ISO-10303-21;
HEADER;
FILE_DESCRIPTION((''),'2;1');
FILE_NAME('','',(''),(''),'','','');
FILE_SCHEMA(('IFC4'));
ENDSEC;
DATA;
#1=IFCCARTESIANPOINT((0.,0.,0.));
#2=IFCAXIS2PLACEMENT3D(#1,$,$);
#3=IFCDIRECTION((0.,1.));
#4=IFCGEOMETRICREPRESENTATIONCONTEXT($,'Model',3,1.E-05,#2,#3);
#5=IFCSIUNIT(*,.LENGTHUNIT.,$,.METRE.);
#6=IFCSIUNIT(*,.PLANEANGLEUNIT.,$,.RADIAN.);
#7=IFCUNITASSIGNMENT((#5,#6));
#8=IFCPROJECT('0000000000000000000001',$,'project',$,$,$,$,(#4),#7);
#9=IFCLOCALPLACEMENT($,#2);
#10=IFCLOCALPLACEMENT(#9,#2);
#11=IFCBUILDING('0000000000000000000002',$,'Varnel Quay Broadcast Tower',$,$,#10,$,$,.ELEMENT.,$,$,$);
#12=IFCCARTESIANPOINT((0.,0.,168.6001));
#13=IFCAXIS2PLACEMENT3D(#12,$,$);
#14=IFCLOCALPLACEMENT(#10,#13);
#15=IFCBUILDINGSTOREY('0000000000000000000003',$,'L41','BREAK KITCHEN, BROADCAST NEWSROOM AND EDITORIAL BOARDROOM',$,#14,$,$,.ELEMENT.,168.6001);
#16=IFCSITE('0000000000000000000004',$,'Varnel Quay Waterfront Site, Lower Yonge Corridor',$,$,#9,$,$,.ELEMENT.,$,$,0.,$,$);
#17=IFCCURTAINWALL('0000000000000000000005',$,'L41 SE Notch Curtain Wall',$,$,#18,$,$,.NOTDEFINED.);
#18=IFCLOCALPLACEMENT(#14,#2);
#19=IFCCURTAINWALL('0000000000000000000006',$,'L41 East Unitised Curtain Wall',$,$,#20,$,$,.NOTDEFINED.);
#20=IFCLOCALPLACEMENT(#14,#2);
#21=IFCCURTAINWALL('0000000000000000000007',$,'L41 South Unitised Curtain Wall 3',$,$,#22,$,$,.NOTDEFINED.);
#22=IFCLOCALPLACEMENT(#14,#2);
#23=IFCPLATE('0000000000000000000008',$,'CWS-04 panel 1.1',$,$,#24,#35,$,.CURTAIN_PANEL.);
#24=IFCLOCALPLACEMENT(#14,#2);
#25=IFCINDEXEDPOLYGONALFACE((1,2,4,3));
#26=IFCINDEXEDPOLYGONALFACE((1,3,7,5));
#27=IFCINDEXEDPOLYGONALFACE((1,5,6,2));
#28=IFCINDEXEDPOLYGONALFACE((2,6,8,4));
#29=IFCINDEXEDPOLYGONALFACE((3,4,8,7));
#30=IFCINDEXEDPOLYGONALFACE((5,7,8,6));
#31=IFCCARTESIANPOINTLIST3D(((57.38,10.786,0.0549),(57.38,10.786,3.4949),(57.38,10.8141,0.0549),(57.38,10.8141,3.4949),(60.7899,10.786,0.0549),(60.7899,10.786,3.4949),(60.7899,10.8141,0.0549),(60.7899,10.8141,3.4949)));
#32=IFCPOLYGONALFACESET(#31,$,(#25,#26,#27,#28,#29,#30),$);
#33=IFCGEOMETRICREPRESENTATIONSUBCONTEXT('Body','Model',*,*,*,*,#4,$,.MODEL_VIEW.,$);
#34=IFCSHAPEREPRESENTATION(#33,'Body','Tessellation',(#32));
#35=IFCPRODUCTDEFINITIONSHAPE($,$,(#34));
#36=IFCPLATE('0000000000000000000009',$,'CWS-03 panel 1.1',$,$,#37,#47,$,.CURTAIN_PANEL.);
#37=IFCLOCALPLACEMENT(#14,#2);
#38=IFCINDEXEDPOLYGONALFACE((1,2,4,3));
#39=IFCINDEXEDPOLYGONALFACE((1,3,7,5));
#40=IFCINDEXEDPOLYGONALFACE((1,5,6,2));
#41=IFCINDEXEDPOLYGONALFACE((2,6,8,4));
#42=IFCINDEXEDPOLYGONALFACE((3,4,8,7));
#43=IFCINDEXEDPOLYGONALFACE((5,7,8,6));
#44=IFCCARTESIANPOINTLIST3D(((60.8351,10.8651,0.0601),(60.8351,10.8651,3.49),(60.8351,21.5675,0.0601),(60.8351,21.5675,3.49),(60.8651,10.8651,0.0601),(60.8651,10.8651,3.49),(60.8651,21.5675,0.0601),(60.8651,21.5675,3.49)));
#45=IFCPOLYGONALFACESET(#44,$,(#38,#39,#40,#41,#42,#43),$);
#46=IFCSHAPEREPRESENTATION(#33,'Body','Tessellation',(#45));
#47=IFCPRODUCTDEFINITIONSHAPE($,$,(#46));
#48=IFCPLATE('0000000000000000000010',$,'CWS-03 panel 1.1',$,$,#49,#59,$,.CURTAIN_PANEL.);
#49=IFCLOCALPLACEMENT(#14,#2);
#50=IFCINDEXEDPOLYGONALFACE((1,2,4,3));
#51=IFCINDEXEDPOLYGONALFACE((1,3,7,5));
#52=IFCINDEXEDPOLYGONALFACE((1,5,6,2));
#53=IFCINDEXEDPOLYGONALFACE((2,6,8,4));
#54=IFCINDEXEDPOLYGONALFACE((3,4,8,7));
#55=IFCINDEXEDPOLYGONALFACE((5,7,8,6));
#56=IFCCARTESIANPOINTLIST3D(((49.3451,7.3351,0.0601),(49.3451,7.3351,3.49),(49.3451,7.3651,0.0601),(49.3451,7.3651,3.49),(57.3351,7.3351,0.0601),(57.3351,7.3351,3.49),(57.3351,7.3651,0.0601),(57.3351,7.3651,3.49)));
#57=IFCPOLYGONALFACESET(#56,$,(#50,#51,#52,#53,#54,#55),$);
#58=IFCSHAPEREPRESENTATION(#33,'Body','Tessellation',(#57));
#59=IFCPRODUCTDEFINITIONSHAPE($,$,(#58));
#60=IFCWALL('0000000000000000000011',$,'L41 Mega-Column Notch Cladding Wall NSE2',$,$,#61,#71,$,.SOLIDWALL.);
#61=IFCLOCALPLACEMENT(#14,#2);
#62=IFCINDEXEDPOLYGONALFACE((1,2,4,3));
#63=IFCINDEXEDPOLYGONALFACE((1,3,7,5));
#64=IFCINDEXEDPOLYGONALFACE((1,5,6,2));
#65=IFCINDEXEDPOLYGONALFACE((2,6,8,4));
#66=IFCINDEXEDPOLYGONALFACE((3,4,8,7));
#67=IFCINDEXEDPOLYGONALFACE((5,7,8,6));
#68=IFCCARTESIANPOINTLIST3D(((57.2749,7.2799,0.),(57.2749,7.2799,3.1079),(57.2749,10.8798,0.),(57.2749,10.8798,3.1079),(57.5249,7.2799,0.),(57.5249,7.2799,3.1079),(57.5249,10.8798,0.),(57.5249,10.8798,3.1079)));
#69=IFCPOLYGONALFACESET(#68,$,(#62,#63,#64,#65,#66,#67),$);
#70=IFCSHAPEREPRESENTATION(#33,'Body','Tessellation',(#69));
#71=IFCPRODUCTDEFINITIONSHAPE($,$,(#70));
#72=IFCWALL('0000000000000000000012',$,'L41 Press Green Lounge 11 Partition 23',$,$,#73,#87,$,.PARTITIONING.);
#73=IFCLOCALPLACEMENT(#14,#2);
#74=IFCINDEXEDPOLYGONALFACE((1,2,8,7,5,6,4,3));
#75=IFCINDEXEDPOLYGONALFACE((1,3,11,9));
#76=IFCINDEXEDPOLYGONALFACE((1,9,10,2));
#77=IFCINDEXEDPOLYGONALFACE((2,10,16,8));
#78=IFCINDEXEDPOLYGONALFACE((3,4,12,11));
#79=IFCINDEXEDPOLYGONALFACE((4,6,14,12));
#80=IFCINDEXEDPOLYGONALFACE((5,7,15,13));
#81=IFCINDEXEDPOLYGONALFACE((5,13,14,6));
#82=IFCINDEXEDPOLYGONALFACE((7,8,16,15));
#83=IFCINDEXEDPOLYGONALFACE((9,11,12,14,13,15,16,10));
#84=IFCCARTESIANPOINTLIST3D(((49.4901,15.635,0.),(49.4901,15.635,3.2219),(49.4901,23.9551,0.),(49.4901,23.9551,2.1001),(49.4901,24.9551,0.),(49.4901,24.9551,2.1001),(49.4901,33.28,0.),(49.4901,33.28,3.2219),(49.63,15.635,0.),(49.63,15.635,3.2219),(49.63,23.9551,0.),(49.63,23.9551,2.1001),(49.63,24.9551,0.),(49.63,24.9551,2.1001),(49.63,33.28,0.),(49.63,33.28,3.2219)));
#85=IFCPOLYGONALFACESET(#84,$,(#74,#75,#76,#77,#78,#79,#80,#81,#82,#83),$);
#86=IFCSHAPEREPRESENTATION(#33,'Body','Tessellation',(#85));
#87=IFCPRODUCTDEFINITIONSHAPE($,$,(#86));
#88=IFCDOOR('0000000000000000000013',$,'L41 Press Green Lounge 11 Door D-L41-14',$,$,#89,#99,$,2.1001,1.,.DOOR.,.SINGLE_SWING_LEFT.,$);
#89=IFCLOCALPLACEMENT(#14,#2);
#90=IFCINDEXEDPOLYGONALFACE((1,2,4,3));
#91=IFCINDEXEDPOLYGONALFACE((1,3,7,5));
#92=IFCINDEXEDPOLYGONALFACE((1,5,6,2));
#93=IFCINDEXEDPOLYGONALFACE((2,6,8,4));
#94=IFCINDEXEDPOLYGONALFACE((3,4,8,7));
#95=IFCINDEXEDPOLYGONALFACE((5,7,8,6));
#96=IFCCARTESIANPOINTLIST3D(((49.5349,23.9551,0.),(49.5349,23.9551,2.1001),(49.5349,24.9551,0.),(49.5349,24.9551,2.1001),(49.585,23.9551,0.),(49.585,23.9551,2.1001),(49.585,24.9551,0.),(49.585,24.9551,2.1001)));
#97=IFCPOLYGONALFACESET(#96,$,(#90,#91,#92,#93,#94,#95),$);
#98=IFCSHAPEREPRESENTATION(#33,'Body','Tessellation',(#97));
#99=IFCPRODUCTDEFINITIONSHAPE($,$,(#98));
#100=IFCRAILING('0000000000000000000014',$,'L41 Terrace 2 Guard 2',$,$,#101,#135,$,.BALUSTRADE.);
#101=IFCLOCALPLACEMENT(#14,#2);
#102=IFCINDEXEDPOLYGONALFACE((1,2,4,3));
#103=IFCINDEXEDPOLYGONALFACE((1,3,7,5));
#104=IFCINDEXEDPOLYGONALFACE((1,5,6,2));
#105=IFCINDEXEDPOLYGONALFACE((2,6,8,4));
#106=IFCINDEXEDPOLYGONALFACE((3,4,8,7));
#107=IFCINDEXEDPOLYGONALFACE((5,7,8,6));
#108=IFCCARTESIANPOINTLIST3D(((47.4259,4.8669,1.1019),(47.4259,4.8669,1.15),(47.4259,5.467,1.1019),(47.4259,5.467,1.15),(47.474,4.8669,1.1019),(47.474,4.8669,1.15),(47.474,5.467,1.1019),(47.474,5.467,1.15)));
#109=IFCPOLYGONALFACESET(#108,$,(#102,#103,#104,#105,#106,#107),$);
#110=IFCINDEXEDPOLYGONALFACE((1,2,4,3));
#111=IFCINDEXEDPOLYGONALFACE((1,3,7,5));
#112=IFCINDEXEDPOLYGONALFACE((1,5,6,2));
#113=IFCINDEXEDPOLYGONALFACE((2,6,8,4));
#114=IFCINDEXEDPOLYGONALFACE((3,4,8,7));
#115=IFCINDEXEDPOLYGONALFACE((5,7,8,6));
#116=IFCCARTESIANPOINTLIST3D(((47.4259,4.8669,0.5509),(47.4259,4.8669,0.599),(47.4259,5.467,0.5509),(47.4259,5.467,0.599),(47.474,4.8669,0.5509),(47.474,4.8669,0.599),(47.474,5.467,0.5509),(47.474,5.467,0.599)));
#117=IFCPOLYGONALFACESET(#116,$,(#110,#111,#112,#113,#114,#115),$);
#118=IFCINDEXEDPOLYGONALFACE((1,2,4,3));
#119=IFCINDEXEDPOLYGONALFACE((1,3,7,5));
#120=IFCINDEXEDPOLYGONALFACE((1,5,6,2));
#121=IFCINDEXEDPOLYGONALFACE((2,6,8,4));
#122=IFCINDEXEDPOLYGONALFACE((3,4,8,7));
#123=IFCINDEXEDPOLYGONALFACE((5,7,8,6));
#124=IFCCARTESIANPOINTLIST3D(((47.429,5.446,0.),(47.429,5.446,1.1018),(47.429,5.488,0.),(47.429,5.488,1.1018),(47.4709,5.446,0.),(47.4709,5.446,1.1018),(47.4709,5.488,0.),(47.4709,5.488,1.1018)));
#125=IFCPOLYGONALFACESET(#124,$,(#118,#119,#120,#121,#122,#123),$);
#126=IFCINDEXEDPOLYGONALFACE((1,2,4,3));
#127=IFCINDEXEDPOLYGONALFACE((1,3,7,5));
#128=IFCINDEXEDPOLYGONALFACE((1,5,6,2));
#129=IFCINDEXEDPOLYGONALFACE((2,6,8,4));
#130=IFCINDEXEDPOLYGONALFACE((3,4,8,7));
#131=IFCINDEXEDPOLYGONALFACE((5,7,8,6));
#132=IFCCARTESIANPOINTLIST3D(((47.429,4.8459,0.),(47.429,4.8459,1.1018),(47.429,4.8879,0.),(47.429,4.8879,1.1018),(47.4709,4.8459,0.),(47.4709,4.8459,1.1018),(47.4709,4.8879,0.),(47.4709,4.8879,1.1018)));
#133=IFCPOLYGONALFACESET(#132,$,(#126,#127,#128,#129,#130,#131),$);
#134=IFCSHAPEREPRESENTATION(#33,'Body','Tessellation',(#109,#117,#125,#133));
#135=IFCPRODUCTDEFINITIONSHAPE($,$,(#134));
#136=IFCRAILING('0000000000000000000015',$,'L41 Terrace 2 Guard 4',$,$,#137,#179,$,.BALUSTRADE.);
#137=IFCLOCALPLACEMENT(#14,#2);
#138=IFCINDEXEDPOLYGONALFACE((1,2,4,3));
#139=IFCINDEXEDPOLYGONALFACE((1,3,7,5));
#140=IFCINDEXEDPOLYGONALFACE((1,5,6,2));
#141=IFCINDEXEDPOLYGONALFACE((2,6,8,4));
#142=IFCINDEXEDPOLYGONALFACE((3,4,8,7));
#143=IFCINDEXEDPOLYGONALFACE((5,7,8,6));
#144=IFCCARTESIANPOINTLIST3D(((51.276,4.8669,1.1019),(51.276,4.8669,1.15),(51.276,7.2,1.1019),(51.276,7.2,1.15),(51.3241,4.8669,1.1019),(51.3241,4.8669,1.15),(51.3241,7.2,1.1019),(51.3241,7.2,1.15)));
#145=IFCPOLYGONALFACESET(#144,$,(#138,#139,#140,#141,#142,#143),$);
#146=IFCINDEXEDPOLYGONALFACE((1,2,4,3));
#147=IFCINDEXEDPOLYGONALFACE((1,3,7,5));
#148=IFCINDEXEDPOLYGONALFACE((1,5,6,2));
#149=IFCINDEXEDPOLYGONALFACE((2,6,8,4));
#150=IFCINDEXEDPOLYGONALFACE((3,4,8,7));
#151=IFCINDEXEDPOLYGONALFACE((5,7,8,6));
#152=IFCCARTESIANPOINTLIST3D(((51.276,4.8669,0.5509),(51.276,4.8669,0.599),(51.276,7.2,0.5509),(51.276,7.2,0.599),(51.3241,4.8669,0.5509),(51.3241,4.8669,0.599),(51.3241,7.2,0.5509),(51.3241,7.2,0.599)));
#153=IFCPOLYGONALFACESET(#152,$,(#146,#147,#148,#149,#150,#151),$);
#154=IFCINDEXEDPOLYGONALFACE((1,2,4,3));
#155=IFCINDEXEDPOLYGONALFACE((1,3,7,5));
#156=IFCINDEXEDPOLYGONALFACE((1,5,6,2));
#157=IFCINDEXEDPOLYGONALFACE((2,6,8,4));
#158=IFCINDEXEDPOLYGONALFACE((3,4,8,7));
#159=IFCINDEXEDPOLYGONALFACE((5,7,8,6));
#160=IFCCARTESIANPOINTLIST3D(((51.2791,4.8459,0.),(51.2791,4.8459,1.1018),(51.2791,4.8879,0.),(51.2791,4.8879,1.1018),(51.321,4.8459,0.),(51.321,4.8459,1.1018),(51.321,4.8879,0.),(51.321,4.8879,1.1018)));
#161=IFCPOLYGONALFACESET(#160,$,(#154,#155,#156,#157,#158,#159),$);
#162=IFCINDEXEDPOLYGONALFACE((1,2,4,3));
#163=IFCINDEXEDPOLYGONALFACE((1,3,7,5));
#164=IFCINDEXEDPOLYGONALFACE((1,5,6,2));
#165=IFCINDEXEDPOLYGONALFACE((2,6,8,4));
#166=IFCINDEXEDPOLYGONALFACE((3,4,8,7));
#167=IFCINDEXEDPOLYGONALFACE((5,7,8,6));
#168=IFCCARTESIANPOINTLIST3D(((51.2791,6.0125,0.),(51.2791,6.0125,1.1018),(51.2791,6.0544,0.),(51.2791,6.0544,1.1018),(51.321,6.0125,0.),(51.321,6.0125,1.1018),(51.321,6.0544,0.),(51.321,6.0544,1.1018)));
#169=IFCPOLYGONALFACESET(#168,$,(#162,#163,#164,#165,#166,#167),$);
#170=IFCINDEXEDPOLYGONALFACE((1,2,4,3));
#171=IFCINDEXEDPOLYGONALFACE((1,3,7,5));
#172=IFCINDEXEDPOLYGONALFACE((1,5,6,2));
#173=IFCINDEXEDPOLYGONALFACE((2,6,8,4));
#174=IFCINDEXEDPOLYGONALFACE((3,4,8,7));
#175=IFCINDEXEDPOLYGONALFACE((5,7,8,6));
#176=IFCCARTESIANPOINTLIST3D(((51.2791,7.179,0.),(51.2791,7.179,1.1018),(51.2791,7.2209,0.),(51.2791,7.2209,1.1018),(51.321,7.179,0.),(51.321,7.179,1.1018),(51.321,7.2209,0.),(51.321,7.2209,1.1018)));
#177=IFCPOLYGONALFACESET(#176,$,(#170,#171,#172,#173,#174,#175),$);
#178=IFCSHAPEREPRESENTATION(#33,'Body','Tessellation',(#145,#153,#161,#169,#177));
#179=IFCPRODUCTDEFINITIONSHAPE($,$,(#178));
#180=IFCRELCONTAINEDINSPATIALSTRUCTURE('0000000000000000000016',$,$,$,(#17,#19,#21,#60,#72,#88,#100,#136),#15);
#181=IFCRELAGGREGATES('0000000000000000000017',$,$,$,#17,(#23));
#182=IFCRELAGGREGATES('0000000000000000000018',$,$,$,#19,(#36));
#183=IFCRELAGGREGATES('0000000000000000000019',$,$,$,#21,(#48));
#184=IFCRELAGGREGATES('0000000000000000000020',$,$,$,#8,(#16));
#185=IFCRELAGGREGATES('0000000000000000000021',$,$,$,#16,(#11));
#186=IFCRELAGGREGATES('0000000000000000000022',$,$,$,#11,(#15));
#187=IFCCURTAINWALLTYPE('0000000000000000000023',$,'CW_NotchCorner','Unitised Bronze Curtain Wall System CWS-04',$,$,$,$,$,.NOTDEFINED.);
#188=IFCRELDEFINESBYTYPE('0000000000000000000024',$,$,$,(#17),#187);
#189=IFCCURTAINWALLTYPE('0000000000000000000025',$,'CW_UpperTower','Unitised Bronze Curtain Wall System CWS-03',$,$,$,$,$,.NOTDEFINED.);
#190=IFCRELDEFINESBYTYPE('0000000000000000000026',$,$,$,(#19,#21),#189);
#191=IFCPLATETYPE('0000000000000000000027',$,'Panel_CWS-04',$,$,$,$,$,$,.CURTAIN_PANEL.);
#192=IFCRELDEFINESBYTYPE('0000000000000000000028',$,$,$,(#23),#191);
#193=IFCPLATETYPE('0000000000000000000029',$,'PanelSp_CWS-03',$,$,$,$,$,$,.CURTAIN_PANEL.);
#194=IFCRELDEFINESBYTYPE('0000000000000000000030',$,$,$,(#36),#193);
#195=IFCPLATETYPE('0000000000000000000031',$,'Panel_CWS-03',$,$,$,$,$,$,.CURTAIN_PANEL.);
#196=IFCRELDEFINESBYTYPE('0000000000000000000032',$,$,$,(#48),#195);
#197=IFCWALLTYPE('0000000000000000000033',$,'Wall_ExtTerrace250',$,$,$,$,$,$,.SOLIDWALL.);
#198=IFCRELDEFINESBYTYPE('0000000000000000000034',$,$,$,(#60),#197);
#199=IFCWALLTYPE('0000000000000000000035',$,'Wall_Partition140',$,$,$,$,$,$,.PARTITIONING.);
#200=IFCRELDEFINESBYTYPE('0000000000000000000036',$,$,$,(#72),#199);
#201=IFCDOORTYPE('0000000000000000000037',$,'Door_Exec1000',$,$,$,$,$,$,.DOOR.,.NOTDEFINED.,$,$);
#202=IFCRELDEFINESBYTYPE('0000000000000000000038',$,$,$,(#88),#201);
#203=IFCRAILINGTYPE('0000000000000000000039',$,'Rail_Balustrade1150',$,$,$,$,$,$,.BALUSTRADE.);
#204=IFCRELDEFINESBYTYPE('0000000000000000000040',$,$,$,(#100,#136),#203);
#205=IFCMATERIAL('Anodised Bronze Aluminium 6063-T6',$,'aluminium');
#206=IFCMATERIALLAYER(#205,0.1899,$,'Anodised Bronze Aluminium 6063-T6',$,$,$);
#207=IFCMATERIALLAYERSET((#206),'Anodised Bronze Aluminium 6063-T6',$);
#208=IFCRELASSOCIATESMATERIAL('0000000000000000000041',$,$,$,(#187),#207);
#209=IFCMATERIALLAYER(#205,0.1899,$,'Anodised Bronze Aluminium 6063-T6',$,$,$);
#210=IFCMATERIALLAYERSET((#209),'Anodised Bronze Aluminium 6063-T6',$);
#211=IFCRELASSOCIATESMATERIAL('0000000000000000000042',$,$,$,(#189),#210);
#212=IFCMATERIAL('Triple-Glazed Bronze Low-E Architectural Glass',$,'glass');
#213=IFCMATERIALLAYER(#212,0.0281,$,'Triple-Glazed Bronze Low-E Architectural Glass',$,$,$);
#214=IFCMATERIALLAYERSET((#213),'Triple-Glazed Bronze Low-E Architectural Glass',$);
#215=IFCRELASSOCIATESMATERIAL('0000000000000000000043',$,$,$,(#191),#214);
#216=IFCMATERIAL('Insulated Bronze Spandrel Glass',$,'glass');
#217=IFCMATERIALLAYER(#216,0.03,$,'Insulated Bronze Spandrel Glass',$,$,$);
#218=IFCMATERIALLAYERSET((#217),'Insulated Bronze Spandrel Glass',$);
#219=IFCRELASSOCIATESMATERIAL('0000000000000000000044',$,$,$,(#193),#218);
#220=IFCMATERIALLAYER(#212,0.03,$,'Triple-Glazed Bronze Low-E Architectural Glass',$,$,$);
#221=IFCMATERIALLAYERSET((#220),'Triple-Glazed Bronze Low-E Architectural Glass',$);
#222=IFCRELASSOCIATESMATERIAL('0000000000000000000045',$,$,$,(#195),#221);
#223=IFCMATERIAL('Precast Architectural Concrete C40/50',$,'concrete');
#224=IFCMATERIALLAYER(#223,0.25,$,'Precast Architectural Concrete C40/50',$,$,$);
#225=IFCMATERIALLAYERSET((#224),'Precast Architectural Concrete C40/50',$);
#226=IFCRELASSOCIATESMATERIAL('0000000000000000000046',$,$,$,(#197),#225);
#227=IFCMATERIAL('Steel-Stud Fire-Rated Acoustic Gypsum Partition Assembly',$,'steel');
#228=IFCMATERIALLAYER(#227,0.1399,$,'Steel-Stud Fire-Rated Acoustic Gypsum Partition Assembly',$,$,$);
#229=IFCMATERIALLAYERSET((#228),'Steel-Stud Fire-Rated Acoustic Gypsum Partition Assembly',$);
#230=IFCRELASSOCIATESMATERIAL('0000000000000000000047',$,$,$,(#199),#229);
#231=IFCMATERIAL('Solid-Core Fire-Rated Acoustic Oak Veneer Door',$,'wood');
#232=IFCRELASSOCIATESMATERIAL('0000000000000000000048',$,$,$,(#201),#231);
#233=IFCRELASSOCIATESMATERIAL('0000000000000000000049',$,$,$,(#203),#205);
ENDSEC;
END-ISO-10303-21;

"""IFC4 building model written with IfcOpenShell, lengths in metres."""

from ifc_helpers import new_model, si_unit, direction, frame, frame_2d, origin, origin_2d, place, context, subcontext, project, spatial, rectangle, extrude, source, transform, mapped, material, layer, layer_set, type_object, type_shapes, element, fill, aggregate, save


model = new_model("IFC4")

# Units and contexts
model_context = context("Model", 3, precision=1e-05, world=origin(), true_north=direction((0.0, 1.0)))
body_context = subcontext(model_context, "Body", "Model", "MODEL_VIEW")
ifc_project = project(units=[si_unit("LENGTHUNIT", "METRE"), si_unit("PLANEANGLEUNIT", "RADIAN")], contexts=[model_context])

# Site, building, storey
site_placement = place(None, origin())
site = spatial("IfcSite", under=ifc_project, at=site_placement, Name="Varnel Quay Waterfront Site, Lower Yonge Corridor", CompositionType="ELEMENT", RefElevation=0.0)
building_placement = place(site_placement, origin())
building = spatial("IfcBuilding", under=site, at=building_placement, Name="Varnel Quay Broadcast Tower", CompositionType="ELEMENT")
storey_placement = place(building_placement, frame((0.0, 0.0, 168.6001)))
storey = spatial("IfcBuildingStorey", under=building, at=storey_placement, Name="L41", Description="BREAK KITCHEN, BROADCAST NEWSROOM AND EDITORIAL BOARDROOM", CompositionType="ELEMENT", Elevation=168.6001)

# Curtain walls
ifc_material_1 = material(Name="Anodised Bronze Aluminium 6063-T6", Category="aluminium")
ifc_layer_1 = layer(ifc_material_1, 0.1899, Name="Anodised Bronze Aluminium 6063-T6")
ifc_layer_set_1 = layer_set([ifc_layer_1], Name="Anodised Bronze Aluminium 6063-T6")
curtain_wall_type_1 = type_object("IfcCurtainWallType", Name="CW_NotchCorner", Description="Unitised Bronze Curtain Wall System CWS-04", PredefinedType="NOTDEFINED", material=ifc_layer_set_1)
curtain_wall_1_placement = place(storey_placement, origin())
curtain_wall_1 = element("IfcCurtainWall", 1, at=curtain_wall_1_placement, inside=storey, type_object=curtain_wall_type_1, Name="L41 SE Notch Curtain Wall", PredefinedType="NOTDEFINED")
ifc_layer_2 = layer(ifc_material_1, 0.1899, Name="Anodised Bronze Aluminium 6063-T6")
ifc_layer_set_2 = layer_set([ifc_layer_2], Name="Anodised Bronze Aluminium 6063-T6")
curtain_wall_type_2 = type_object("IfcCurtainWallType", Name="CW_UpperTower", Description="Unitised Bronze Curtain Wall System CWS-03", PredefinedType="NOTDEFINED", material=ifc_layer_set_2)
curtain_wall_2_placement = place(storey_placement, origin())
curtain_wall_2 = element("IfcCurtainWall", 2, at=curtain_wall_2_placement, inside=storey, type_object=curtain_wall_type_2, Name="L41 East Unitised Curtain Wall", PredefinedType="NOTDEFINED")
curtain_wall_3_placement = place(storey_placement, origin())
curtain_wall_3 = element("IfcCurtainWall", 3, at=curtain_wall_3_placement, inside=storey, type_object=curtain_wall_type_2, Name="L41 South Unitised Curtain Wall 3", PredefinedType="NOTDEFINED")

# Plates
ifc_material_2 = material(Name="Triple-Glazed Bronze Low-E Architectural Glass", Category="glass")
ifc_layer_3 = layer(ifc_material_2, 0.0281, Name="Triple-Glazed Bronze Low-E Architectural Glass")
ifc_layer_set_3 = layer_set([ifc_layer_3], Name="Triple-Glazed Bronze Low-E Architectural Glass")
plate_type_1 = type_object("IfcPlateType", Name="Panel_CWS-04", PredefinedType="CURTAIN_PANEL", material=ifc_layer_set_3)
shared_shape_1 = source(origin(), body_context, "Body", "SweptSolid", [
    extrude(rectangle(XDim=3.4099, YDim=0.0281, at=origin_2d()), origin(), (0.0, 0.0, 1.0), 3.4399),
])
type_shapes(plate_type_1, [shared_shape_1])
plate_1_placement = place(storey_placement, frame((59.085, 10.8, 0.0549), z_axis=(0.0, 0.0, 1.0), x_axis=(1.0, 0.0, 0.0)))
plate_1 = element("IfcPlate", 4, at=plate_1_placement, type_object=plate_type_1, Name="CWS-04 panel 1.1", PredefinedType="CURTAIN_PANEL", context=body_context, shape_type="MappedRepresentation", body=[
    mapped(shared_shape_1, transform((0.0, 0.0, 0.0), x_axis=(1.0, 0.0, 0.0), y_axis=(0.0, 1.0, 0.0), z_axis=(0.0, 0.0, 1.0), scale=1.0)),
])
aggregate(curtain_wall_1, [plate_1])
ifc_material_3 = material(Name="Insulated Bronze Spandrel Glass", Category="glass")
ifc_layer_4 = layer(ifc_material_3, 0.03, Name="Insulated Bronze Spandrel Glass")
ifc_layer_set_4 = layer_set([ifc_layer_4], Name="Insulated Bronze Spandrel Glass")
plate_type_2 = type_object("IfcPlateType", Name="PanelSp_CWS-03", PredefinedType="CURTAIN_PANEL", material=ifc_layer_set_4)
shared_shape_2 = source(origin(), body_context, "Body", "SweptSolid", [
    extrude(rectangle(XDim=10.7024, YDim=0.03, at=origin_2d()), origin(), (0.0, 0.0, 1.0), 3.4299),
])
type_shapes(plate_type_2, [shared_shape_2])
plate_2_placement = place(storey_placement, frame((60.8501, 16.2163, 0.0601), z_axis=(0.0, 0.0, 1.0), x_axis=(0.0, 1.0, 0.0)))
plate_2 = element("IfcPlate", 5, at=plate_2_placement, type_object=plate_type_2, Name="CWS-03 panel 1.1", PredefinedType="CURTAIN_PANEL", context=body_context, shape_type="MappedRepresentation", body=[
    mapped(shared_shape_2, transform((0.0, 0.0, 0.0), x_axis=(1.0, 0.0, 0.0), y_axis=(0.0, 1.0, 0.0), z_axis=(0.0, 0.0, 1.0), scale=1.0)),
])
aggregate(curtain_wall_2, [plate_2])
ifc_layer_5 = layer(ifc_material_2, 0.03, Name="Triple-Glazed Bronze Low-E Architectural Glass")
ifc_layer_set_5 = layer_set([ifc_layer_5], Name="Triple-Glazed Bronze Low-E Architectural Glass")
plate_type_3 = type_object("IfcPlateType", Name="Panel_CWS-03", PredefinedType="CURTAIN_PANEL", material=ifc_layer_set_5)
shared_shape_3 = source(origin(), body_context, "Body", "SweptSolid", [
    extrude(rectangle(XDim=7.99, YDim=0.03, at=origin_2d()), origin(), (0.0, 0.0, 1.0), 3.4299),
])
type_shapes(plate_type_3, [shared_shape_3])
plate_3_placement = place(storey_placement, frame((53.3401, 7.3501, 0.0601), z_axis=(0.0, 0.0, 1.0), x_axis=(1.0, 0.0, 0.0)))
plate_3 = element("IfcPlate", 6, at=plate_3_placement, type_object=plate_type_3, Name="CWS-03 panel 1.1", PredefinedType="CURTAIN_PANEL", context=body_context, shape_type="MappedRepresentation", body=[
    mapped(shared_shape_3, transform((0.0, 0.0, 0.0), x_axis=(1.0, 0.0, 0.0), y_axis=(0.0, 1.0, 0.0), z_axis=(0.0, 0.0, 1.0), scale=1.0)),
])
aggregate(curtain_wall_3, [plate_3])

# Wall
ifc_material_4 = material(Name="Precast Architectural Concrete C40/50", Category="concrete")
ifc_layer_6 = layer(ifc_material_4, 0.25, Name="Precast Architectural Concrete C40/50")
ifc_layer_set_6 = layer_set([ifc_layer_6], Name="Precast Architectural Concrete C40/50")
wall_type_1 = type_object("IfcWallType", Name="Wall_ExtTerrace250", PredefinedType="SOLIDWALL", material=ifc_layer_set_6)
wall_1_placement = place(storey_placement, frame((57.3999, 7.28, 0.0), z_axis=(0.0, 0.0, 1.0), x_axis=(0.0, 1.0, 0.0)))
element("IfcWall", 7, at=wall_1_placement, inside=storey, type_object=wall_type_1, Name="L41 Mega-Column Notch Cladding Wall NSE2", PredefinedType="SOLIDWALL", context=body_context, shape_type="SweptSolid", body=[
    extrude(rectangle(XDim=3.5999, YDim=0.25, at=frame_2d((1.7998, 0.0))), origin(), (0.0, 0.0, 1.0), 3.1079),
])

# Wall, opening, door
ifc_material_5 = material(Name="Steel-Stud Fire-Rated Acoustic Gypsum Partition Assembly", Category="steel")
ifc_layer_7 = layer(ifc_material_5, 0.1399, Name="Steel-Stud Fire-Rated Acoustic Gypsum Partition Assembly")
ifc_layer_set_7 = layer_set([ifc_layer_7], Name="Steel-Stud Fire-Rated Acoustic Gypsum Partition Assembly")
wall_type_2 = type_object("IfcWallType", Name="Wall_Partition140", PredefinedType="PARTITIONING", material=ifc_layer_set_7)
wall_2_placement = place(storey_placement, frame((49.5601, 15.635, 0.0), z_axis=(0.0, 0.0, 1.0), x_axis=(0.0, 1.0, 0.0)))
wall_2 = element("IfcWall", 8, at=wall_2_placement, inside=storey, type_object=wall_type_2, Name="L41 Press Green Lounge 11 Partition 23", PredefinedType="PARTITIONING", context=body_context, shape_type="SweptSolid", body=[
    extrude(rectangle(XDim=17.645, YDim=0.1399, at=frame_2d((8.8225, 0.0))), origin(), (0.0, 0.0, 1.0), 3.2219),
])
opening_placement = place(wall_2_placement, frame((8.3201, 0.0, 0.0)))
opening = element("IfcOpeningElement", 9, at=opening_placement, cuts=wall_2, PredefinedType="OPENING", context=body_context, shape_type="SweptSolid", body=[
    extrude(rectangle(XDim=1.0, YDim=2.1001, at=frame_2d((0.5, 1.05))), frame((0.0, 0.0801, 0.0), z_axis=(0.0, -1.0, 0.0), x_axis=(1.0, 0.0, 0.0)), (0.0, 0.0, 1.0), 0.1599),
])
ifc_material_6 = material(Name="Solid-Core Fire-Rated Acoustic Oak Veneer Door", Category="wood")
door_type = type_object("IfcDoorType", Name="Door_Exec1000", OperationType="NOTDEFINED", PredefinedType="DOOR", material=ifc_material_6)
shared_shape_4 = source(origin(), body_context, "Body", "SweptSolid", [
    extrude(rectangle(XDim=1.0, YDim=2.1001, at=frame_2d((0.5, 1.05))), frame((0.0, 0.0249, 0.0), z_axis=(0.0, -1.0, 0.0), x_axis=(1.0, 0.0, 0.0)), (0.0, 0.0, 1.0), 0.05),
])
type_shapes(door_type, [shared_shape_4])
door_placement = place(opening_placement, frame((1.0, 0.0, 0.0), z_axis=(0.0, 0.0, 1.0), x_axis=(-1.0, 0.0, 0.0)))
door = element("IfcDoor", 10, at=door_placement, inside=storey, type_object=door_type, Name="L41 Press Green Lounge 11 Door D-L41-14", OperationType="SINGLE_SWING_LEFT", OverallHeight=2.1001, OverallWidth=1.0, PredefinedType="DOOR", context=body_context, shape_type="MappedRepresentation", body=[
    mapped(shared_shape_4, transform((0.0, 0.0, 0.0), x_axis=(1.0, 0.0, 0.0), y_axis=(0.0, 1.0, 0.0), z_axis=(0.0, 0.0, 1.0), scale=1.0)),
])
fill(opening, door)

# Railings
railing_type = type_object("IfcRailingType", Name="Rail_Balustrade1150", PredefinedType="BALUSTRADE", material=ifc_material_1)
railing_1_placement = place(storey_placement, frame((47.45, 5.467, 0.0)))
element("IfcRailing", 11, at=railing_1_placement, inside=storey, type_object=railing_type, Name="L41 Terrace 2 Guard 2", PredefinedType="BALUSTRADE", context=body_context, shape_type="SweptSolid", body=[
    extrude(rectangle(XDim=0.0481, YDim=0.0481, at=origin_2d()), frame((0.0, 0.0, 1.126), z_axis=(0.0, -1.0, 0.0), x_axis=(1.0, 0.0, 0.0)), (0.0, 0.0, 1.0), 0.6001),
    extrude(rectangle(XDim=0.0481, YDim=0.0481, at=origin_2d()), frame((0.0, 0.0, 0.575), z_axis=(0.0, -1.0, 0.0), x_axis=(1.0, 0.0, 0.0)), (0.0, 0.0, 1.0), 0.6001),
    extrude(rectangle(XDim=0.042, YDim=0.042, at=origin_2d()), origin(), (0.0, 0.0, 1.0), 1.1018),
    extrude(rectangle(XDim=0.042, YDim=0.042, at=origin_2d()), frame((0.0, -0.6001, 0.0)), (0.0, 0.0, 1.0), 1.1018),
])
railing_2_placement = place(storey_placement, frame((51.3, 4.8669, 0.0)))
element("IfcRailing", 12, at=railing_2_placement, inside=storey, type_object=railing_type, Name="L41 Terrace 2 Guard 4", PredefinedType="BALUSTRADE", context=body_context, shape_type="SweptSolid", body=[
    extrude(rectangle(XDim=0.0481, YDim=0.0481, at=origin_2d()), frame((0.0, 0.0, 1.126), z_axis=(0.0, 1.0, 0.0), x_axis=(-1.0, 0.0, 0.0)), (0.0, 0.0, 1.0), 2.333),
    extrude(rectangle(XDim=0.0481, YDim=0.0481, at=origin_2d()), frame((0.0, 0.0, 0.575), z_axis=(0.0, 1.0, 0.0), x_axis=(-1.0, 0.0, 0.0)), (0.0, 0.0, 1.0), 2.333),
    extrude(rectangle(XDim=0.042, YDim=0.042, at=origin_2d()), origin(), (0.0, 0.0, 1.0), 1.1018),
    extrude(rectangle(XDim=0.042, YDim=0.042, at=origin_2d()), frame((0.0, 1.1665, 0.0)), (0.0, 0.0, 1.0), 1.1018),
    extrude(rectangle(XDim=0.042, YDim=0.042, at=origin_2d()), frame((0.0, 2.333, 0.0)), (0.0, 0.0, 1.0), 1.1018),
])

save(model, "model.ifc")
